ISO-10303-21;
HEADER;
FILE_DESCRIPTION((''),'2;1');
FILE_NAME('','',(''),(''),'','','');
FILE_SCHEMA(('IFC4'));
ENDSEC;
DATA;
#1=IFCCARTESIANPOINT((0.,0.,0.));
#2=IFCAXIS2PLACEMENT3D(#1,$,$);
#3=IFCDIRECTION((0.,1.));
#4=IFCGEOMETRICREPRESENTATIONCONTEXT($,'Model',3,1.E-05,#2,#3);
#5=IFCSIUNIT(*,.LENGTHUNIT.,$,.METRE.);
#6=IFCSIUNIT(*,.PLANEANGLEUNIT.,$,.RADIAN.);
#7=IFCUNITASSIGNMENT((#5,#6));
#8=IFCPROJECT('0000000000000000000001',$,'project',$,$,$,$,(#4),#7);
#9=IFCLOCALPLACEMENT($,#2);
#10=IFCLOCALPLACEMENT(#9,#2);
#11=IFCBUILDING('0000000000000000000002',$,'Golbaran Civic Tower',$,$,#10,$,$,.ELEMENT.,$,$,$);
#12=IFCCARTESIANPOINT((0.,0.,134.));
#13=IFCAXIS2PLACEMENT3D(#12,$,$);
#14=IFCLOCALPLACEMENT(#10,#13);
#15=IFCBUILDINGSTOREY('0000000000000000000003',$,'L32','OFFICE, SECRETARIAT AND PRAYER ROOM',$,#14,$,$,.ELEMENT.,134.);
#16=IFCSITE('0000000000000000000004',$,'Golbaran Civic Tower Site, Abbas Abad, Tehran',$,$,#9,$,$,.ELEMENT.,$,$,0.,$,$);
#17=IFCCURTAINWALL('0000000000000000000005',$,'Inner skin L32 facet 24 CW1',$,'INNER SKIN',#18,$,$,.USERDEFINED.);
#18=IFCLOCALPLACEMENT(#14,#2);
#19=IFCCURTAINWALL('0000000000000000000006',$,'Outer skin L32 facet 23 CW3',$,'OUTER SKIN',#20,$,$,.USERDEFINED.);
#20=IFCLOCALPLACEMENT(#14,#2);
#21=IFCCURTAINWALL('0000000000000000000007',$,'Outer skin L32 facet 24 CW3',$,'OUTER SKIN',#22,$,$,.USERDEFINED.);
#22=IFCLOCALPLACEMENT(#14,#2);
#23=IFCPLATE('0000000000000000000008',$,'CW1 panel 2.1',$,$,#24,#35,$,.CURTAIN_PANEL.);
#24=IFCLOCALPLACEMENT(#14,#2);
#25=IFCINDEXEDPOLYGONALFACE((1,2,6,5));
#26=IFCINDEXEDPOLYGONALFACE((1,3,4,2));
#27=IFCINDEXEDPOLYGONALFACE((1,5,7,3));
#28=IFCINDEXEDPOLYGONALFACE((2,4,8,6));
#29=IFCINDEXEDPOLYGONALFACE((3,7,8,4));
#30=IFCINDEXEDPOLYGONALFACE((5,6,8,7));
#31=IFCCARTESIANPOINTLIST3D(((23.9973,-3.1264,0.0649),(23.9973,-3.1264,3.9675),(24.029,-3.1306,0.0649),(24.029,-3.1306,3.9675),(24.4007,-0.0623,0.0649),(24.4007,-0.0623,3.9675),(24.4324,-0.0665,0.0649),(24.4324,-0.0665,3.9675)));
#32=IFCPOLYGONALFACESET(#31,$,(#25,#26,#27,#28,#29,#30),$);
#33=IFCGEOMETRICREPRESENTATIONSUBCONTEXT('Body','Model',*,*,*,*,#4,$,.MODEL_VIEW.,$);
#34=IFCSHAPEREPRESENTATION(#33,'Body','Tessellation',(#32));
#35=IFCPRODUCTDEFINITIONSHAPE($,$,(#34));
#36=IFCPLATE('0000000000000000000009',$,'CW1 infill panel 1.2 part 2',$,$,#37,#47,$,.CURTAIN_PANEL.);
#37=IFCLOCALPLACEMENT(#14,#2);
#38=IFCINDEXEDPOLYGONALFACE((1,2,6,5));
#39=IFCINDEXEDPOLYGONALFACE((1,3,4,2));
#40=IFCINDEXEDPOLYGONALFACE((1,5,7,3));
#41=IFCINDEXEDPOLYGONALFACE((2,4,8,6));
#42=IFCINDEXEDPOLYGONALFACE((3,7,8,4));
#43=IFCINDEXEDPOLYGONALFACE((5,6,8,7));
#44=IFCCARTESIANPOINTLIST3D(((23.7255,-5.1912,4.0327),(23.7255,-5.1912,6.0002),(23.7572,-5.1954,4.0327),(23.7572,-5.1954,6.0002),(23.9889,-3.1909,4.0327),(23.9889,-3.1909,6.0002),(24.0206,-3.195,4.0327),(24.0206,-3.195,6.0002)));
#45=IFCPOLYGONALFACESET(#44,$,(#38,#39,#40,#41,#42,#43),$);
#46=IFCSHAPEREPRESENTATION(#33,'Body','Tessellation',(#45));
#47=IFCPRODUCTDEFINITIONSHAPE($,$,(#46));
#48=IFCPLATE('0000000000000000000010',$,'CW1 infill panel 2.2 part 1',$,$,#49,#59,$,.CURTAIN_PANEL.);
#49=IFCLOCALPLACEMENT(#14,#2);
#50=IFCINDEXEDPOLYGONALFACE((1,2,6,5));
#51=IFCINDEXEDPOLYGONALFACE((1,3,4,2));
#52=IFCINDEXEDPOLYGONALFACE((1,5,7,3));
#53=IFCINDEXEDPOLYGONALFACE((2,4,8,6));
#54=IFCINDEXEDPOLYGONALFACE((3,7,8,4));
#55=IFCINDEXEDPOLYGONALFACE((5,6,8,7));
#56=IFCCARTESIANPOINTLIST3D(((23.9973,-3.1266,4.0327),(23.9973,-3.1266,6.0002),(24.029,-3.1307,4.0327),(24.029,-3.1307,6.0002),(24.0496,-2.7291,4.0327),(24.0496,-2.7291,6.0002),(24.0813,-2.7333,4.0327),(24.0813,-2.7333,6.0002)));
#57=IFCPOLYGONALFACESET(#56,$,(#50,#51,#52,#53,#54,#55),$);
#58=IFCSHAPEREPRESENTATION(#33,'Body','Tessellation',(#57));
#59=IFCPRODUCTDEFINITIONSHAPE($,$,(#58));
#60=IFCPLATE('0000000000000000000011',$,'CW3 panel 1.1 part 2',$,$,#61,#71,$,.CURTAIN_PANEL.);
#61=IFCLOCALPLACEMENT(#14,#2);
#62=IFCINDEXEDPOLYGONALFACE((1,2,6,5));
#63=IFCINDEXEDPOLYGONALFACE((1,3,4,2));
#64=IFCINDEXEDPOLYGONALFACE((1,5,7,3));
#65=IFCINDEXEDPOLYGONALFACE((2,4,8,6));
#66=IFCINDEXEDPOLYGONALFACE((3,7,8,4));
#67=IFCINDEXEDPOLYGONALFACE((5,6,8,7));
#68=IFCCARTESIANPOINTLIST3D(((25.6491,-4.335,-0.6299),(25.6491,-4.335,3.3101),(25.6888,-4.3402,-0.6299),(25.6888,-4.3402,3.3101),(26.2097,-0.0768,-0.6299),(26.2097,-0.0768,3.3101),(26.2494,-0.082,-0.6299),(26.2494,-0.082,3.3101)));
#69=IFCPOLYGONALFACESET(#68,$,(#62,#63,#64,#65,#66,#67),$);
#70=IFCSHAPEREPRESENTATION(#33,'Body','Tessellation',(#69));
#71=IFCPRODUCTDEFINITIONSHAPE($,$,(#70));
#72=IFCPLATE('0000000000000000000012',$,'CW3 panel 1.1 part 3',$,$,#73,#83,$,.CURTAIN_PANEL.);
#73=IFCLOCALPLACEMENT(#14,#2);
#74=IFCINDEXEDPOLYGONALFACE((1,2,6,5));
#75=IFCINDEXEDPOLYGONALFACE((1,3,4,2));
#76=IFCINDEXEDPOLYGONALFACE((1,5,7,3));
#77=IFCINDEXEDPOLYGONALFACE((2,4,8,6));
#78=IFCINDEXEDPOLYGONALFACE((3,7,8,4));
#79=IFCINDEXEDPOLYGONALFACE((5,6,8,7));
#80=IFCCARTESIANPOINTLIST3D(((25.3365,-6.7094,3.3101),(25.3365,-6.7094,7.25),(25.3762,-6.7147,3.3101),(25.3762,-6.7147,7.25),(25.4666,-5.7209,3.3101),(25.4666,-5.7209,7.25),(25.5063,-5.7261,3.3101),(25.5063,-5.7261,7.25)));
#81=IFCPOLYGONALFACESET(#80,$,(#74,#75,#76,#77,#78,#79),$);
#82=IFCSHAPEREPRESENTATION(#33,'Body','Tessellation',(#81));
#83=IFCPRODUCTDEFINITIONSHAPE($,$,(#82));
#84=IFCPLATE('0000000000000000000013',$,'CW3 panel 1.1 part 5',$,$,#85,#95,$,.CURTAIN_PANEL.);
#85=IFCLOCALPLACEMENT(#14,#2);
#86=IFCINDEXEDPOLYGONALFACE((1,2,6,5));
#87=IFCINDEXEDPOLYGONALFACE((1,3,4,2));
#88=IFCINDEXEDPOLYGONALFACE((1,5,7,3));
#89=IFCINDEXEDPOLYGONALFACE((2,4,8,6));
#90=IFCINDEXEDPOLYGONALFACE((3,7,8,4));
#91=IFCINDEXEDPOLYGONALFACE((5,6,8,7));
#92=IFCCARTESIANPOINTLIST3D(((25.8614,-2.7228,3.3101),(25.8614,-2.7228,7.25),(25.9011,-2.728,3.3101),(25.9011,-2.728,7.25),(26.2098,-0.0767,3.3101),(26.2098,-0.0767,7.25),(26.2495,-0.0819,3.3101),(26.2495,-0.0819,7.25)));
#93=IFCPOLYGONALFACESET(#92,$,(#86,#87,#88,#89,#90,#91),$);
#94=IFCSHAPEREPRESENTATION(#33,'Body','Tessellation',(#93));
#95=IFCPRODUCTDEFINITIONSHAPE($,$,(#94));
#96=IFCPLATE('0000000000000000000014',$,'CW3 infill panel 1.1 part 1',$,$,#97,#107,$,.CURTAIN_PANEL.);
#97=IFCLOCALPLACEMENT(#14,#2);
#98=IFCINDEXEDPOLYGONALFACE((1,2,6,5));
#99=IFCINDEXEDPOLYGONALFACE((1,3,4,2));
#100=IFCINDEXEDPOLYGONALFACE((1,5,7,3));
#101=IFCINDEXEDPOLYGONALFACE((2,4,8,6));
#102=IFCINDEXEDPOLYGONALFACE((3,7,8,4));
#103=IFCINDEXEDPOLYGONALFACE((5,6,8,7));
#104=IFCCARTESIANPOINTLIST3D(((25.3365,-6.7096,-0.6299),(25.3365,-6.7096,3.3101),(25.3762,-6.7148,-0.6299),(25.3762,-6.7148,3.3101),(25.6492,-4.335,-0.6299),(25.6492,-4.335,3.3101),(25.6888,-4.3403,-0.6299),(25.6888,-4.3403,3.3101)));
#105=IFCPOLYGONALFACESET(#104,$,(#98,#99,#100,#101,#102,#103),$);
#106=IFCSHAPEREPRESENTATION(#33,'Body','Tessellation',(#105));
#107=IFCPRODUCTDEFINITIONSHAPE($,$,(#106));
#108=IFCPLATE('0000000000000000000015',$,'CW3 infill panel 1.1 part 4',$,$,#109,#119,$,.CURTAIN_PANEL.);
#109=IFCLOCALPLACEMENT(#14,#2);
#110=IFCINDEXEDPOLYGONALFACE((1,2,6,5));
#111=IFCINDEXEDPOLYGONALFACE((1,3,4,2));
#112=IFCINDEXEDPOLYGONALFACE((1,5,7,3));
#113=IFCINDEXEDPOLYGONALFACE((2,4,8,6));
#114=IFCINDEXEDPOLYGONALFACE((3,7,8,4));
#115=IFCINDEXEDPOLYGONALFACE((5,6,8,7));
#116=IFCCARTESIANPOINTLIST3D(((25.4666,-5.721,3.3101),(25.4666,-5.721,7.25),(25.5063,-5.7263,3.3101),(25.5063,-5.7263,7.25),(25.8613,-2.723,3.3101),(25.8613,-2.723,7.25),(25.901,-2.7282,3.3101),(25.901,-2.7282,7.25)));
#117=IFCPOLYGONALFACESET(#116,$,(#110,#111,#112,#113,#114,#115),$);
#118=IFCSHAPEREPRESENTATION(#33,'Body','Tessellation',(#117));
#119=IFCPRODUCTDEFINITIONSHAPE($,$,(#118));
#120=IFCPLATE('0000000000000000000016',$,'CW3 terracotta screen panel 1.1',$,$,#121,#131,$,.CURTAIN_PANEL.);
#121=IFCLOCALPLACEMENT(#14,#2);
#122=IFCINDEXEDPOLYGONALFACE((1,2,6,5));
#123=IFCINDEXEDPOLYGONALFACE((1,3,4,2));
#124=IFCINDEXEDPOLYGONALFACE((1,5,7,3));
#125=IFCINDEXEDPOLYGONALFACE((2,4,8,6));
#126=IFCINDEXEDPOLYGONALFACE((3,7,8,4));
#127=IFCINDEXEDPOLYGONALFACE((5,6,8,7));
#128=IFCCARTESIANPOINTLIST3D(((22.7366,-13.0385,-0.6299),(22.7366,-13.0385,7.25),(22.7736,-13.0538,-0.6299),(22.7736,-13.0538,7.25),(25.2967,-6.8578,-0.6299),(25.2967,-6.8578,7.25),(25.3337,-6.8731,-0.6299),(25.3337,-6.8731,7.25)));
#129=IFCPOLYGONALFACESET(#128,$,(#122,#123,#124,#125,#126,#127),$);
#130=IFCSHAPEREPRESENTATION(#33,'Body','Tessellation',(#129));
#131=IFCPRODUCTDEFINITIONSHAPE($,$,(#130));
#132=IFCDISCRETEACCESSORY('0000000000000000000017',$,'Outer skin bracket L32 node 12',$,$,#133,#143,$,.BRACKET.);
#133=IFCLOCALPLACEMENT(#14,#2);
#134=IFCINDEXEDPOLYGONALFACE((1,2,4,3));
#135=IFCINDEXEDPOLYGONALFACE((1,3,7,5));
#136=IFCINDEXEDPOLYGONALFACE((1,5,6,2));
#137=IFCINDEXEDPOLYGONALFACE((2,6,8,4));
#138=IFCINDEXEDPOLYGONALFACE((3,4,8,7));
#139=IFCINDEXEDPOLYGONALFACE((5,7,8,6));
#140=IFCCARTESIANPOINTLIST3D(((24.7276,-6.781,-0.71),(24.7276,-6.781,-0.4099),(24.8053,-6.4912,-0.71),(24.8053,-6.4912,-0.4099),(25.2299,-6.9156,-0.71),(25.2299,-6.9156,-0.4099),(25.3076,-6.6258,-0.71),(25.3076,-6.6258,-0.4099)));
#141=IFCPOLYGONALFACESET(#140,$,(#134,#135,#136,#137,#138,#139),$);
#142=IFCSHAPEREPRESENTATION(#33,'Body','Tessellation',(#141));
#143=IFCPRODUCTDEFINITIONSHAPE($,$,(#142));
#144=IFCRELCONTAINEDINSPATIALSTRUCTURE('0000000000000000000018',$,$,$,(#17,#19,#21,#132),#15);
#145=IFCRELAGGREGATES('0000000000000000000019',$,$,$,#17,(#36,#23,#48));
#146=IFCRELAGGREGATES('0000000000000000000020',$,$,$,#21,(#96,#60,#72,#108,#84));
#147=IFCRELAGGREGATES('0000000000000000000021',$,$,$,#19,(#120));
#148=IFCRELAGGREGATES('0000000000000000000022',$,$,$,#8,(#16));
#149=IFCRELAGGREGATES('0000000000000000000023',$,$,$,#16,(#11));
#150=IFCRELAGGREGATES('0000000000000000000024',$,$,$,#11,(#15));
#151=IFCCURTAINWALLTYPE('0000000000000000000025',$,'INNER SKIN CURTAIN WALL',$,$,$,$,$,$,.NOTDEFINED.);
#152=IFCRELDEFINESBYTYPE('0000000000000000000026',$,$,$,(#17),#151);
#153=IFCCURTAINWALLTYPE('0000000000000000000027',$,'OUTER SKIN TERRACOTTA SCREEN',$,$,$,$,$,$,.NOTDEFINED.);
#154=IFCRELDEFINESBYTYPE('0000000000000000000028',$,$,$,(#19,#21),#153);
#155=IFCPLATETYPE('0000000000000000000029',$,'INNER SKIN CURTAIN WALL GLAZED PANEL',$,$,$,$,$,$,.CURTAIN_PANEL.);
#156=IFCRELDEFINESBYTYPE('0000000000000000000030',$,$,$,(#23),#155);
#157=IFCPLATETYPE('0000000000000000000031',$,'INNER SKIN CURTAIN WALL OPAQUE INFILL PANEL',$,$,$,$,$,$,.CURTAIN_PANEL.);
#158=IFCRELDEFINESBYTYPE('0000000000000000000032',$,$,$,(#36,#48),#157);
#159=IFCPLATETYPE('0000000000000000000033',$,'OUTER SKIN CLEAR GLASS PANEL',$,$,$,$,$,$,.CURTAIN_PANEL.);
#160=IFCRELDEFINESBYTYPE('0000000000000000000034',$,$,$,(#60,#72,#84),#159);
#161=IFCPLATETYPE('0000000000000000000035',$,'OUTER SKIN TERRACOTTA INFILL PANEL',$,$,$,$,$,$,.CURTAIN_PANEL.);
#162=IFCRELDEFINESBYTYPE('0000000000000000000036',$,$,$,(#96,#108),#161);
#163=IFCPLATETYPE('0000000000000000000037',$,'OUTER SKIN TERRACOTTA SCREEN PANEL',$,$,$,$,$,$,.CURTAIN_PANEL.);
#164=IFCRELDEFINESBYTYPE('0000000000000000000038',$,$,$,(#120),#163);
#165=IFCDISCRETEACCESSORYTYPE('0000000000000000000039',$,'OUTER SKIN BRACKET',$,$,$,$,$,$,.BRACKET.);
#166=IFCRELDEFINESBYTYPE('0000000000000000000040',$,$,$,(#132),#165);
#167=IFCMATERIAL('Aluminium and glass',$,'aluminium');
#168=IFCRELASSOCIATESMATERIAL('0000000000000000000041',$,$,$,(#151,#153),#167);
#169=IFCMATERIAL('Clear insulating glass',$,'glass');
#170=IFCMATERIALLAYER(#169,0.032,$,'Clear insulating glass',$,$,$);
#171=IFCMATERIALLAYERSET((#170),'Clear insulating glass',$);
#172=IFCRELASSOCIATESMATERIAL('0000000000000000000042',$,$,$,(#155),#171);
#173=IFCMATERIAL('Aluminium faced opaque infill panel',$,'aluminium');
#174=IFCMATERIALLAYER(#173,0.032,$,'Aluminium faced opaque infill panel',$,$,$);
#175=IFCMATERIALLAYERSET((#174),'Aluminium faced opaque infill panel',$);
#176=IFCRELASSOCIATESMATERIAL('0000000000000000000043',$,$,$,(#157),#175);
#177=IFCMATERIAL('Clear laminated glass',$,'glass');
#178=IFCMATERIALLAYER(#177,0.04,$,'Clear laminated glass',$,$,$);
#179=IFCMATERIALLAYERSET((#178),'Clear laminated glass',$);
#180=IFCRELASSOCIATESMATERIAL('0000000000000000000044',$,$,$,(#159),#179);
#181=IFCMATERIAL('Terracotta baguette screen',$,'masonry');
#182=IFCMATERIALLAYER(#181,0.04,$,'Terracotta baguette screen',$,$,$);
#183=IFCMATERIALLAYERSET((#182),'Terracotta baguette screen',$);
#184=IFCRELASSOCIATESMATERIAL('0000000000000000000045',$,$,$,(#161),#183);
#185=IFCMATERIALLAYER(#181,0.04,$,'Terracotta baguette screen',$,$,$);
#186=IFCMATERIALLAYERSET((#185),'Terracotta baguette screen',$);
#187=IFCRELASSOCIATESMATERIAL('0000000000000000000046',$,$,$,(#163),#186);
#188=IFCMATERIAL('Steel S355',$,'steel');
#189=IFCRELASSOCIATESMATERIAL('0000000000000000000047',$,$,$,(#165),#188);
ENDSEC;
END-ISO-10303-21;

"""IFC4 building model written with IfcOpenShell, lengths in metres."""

from ifc_helpers import new_model, si_unit, direction, frame, origin, origin_2d, place, context, subcontext, project, spatial, rectangle, extrude, material, layer, layer_set, type_object, element, aggregate, save


model = new_model("IFC4")

# Units and contexts
model_context = context("Model", 3, precision=1e-05, world=origin(), true_north=direction((0.0, 1.0)))
body_context = subcontext(model_context, "Body", "Model", "MODEL_VIEW")
ifc_project = project(units=[si_unit("LENGTHUNIT", "METRE"), si_unit("PLANEANGLEUNIT", "RADIAN")], contexts=[model_context])

# Site, building, storey
site_placement = place(None, origin())
site = spatial("IfcSite", under=ifc_project, at=site_placement, Name="Golbaran Civic Tower Site, Abbas Abad, Tehran", CompositionType="ELEMENT", RefElevation=0.0)
building_placement = place(site_placement, origin())
building = spatial("IfcBuilding", under=site, at=building_placement, Name="Golbaran Civic Tower", CompositionType="ELEMENT")
storey_placement = place(building_placement, frame((0.0, 0.0, 134.0)))
storey = spatial("IfcBuildingStorey", under=building, at=storey_placement, Name="L32", Description="OFFICE, SECRETARIAT AND PRAYER ROOM", CompositionType="ELEMENT", Elevation=134.0)

# Shared definitions
ifc_material_1 = material(Name="Steel S355", Category="steel")

# Curtain wall
ifc_material_2 = material(Name="Aluminium and glass", Category="aluminium")
curtain_wall_type_1 = type_object("IfcCurtainWallType", Name="INNER SKIN CURTAIN WALL", PredefinedType="NOTDEFINED", material=ifc_material_2)
curtain_wall_1_placement = place(storey_placement, origin())
curtain_wall_1 = element("IfcCurtainWall", 1, at=curtain_wall_1_placement, inside=storey, type_object=curtain_wall_type_1, Name="Inner skin L32 facet 24 CW1", ObjectType="INNER SKIN", PredefinedType="USERDEFINED")

# Curtain wall
curtain_wall_type_2 = type_object("IfcCurtainWallType", Name="OUTER SKIN TERRACOTTA SCREEN", PredefinedType="NOTDEFINED", material=ifc_material_2)
curtain_wall_2_placement = place(storey_placement, origin())
curtain_wall_2 = element("IfcCurtainWall", 2, at=curtain_wall_2_placement, inside=storey, type_object=curtain_wall_type_2, Name="Outer skin L32 facet 23 CW3", ObjectType="OUTER SKIN", PredefinedType="USERDEFINED")

# Curtain wall
curtain_wall_3_placement = place(storey_placement, origin())
curtain_wall_3 = element("IfcCurtainWall", 3, at=curtain_wall_3_placement, inside=storey, type_object=curtain_wall_type_2, Name="Outer skin L32 facet 24 CW3", ObjectType="OUTER SKIN", PredefinedType="USERDEFINED")

# Plates
ifc_material_3 = material(Name="Clear insulating glass", Category="glass")
ifc_layer_1 = layer(ifc_material_3, 0.032, Name="Clear insulating glass")
ifc_layer_set_1 = layer_set([ifc_layer_1], Name="Clear insulating glass")
plate_type_1 = type_object("IfcPlateType", Name="INNER SKIN CURTAIN WALL GLAZED PANEL", PredefinedType="CURTAIN_PANEL", material=ifc_layer_set_1)
plate_1_placement = place(storey_placement, frame((24.2148, -1.5964, 0.0649), z_axis=(0.0, 0.0, 1.0), x_axis=(0.130526, 0.991445, 0.0)))
plate_1 = element("IfcPlate", 4, at=plate_1_placement, type_object=plate_type_1, Name="CW1 panel 2.1", PredefinedType="CURTAIN_PANEL", context=body_context, shape_type="SweptSolid", body=[
    extrude(rectangle(XDim=3.0906, YDim=0.032, at=origin_2d()), origin(), (0.0, 0.0, 1.0), 3.9026),
])
ifc_material_4 = material(Name="Aluminium faced opaque infill panel", Category="aluminium")
ifc_layer_2 = layer(ifc_material_4, 0.032, Name="Aluminium faced opaque infill panel")
ifc_layer_set_2 = layer_set([ifc_layer_2], Name="Aluminium faced opaque infill panel")
plate_type_2 = type_object("IfcPlateType", Name="INNER SKIN CURTAIN WALL OPAQUE INFILL PANEL", PredefinedType="CURTAIN_PANEL", material=ifc_layer_set_2)
plate_2_placement = place(storey_placement, frame((23.873, -4.1931, 4.0327), z_axis=(0.0, 0.0, 1.0), x_axis=(0.130526, 0.991445, 0.0)))
plate_2 = element("IfcPlate", 5, at=plate_2_placement, type_object=plate_type_2, Name="CW1 infill panel 1.2 part 2", PredefinedType="CURTAIN_PANEL", context=body_context, shape_type="SweptSolid", body=[
    extrude(rectangle(XDim=2.0176, YDim=0.032, at=origin_2d()), origin(), (0.0, 0.0, 1.0), 1.9675),
])
plate_3_placement = place(storey_placement, frame((24.0393, -2.9299, 4.0327), z_axis=(0.0, 0.0, 1.0), x_axis=(0.130526, 0.991445, 0.0)))
plate_3 = element("IfcPlate", 6, at=plate_3_placement, type_object=plate_type_2, Name="CW1 infill panel 2.2 part 1", PredefinedType="CURTAIN_PANEL", context=body_context, shape_type="SweptSolid", body=[
    extrude(rectangle(XDim=0.4009, YDim=0.032, at=origin_2d()), origin(), (0.0, 0.0, 1.0), 1.9675),
])
aggregate(curtain_wall_1, [plate_2, plate_1, plate_3])
ifc_material_5 = material(Name="Clear laminated glass", Category="glass")
ifc_layer_3 = layer(ifc_material_5, 0.04, Name="Clear laminated glass")
ifc_layer_set_3 = layer_set([ifc_layer_3], Name="Clear laminated glass")
plate_type_3 = type_object("IfcPlateType", Name="OUTER SKIN CLEAR GLASS PANEL", PredefinedType="CURTAIN_PANEL", material=ifc_layer_set_3)
plate_4_placement = place(storey_placement, frame((25.9492, -2.2085, -0.6299), z_axis=(0.0, 0.0, 1.0), x_axis=(0.130526, 0.991445, 0.0)))
plate_4 = element("IfcPlate", 7, at=plate_4_placement, type_object=plate_type_3, Name="CW3 panel 1.1 part 2", PredefinedType="CURTAIN_PANEL", context=body_context, shape_type="SweptSolid", body=[
    extrude(rectangle(XDim=4.2949, YDim=0.04, at=origin_2d()), origin(), (0.0, 0.0, 1.0), 3.9399),
])
plate_5_placement = place(storey_placement, frame((25.4214, -6.2178, 3.3101), z_axis=(0.0, 0.0, 1.0), x_axis=(0.130526, 0.991445, 0.0)))
plate_5 = element("IfcPlate", 8, at=plate_5_placement, type_object=plate_type_3, Name="CW3 panel 1.1 part 3", PredefinedType="CURTAIN_PANEL", context=body_context, shape_type="SweptSolid", body=[
    extrude(rectangle(XDim=0.9971, YDim=0.04, at=origin_2d()), origin(), (0.0, 0.0, 1.0), 3.9399),
])
plate_6_placement = place(storey_placement, frame((26.0554, -1.4023, 3.3101), z_axis=(0.0, 0.0, 1.0), x_axis=(0.130526, 0.991445, 0.0)))
plate_6 = element("IfcPlate", 9, at=plate_6_placement, type_object=plate_type_3, Name="CW3 panel 1.1 part 5", PredefinedType="CURTAIN_PANEL", context=body_context, shape_type="SweptSolid", body=[
    extrude(rectangle(XDim=2.6689, YDim=0.04, at=origin_2d()), origin(), (0.0, 0.0, 1.0), 3.9399),
])
ifc_material_6 = material(Name="Terracotta baguette screen", Category="masonry")
ifc_layer_4 = layer(ifc_material_6, 0.04, Name="Terracotta baguette screen")
ifc_layer_set_4 = layer_set([ifc_layer_4], Name="Terracotta baguette screen")
plate_type_4 = type_object("IfcPlateType", Name="OUTER SKIN TERRACOTTA INFILL PANEL", PredefinedType="CURTAIN_PANEL", material=ifc_layer_set_4)
plate_7_placement = place(storey_placement, frame((25.5127, -5.5249, -0.6299), z_axis=(0.0, 0.0, 1.0), x_axis=(0.130526, 0.991445, 0.0)))
plate_7 = element("IfcPlate", 10, at=plate_7_placement, type_object=plate_type_4, Name="CW3 infill panel 1.1 part 1", PredefinedType="CURTAIN_PANEL", context=body_context, shape_type="SweptSolid", body=[
    extrude(rectangle(XDim=2.395, YDim=0.04, at=origin_2d()), origin(), (0.0, 0.0, 1.0), 3.9399),
])
plate_8_placement = place(storey_placement, frame((25.6838, -4.2246, 3.3101), z_axis=(0.0, 0.0, 1.0), x_axis=(0.130526, 0.991445, 0.0)))
plate_8 = element("IfcPlate", 11, at=plate_8_placement, type_object=plate_type_4, Name="CW3 infill panel 1.1 part 4", PredefinedType="CURTAIN_PANEL", context=body_context, shape_type="SweptSolid", body=[
    extrude(rectangle(XDim=3.0239, YDim=0.04, at=origin_2d()), origin(), (0.0, 0.0, 1.0), 3.9399),
])
aggregate(curtain_wall_3, [plate_7, plate_4, plate_5, plate_8, plate_6])
ifc_layer_5 = layer(ifc_material_6, 0.04, Name="Terracotta baguette screen")
ifc_layer_set_5 = layer_set([ifc_layer_5], Name="Terracotta baguette screen")
plate_type_5 = type_object("IfcPlateType", Name="OUTER SKIN TERRACOTTA SCREEN PANEL", PredefinedType="CURTAIN_PANEL", material=ifc_layer_set_5)
plate_9_placement = place(storey_placement, frame((24.0352, -9.9558, -0.6299), z_axis=(0.0, 0.0, 1.0), x_axis=(0.382683, 0.92388, 0.0)))
plate_9 = element("IfcPlate", 12, at=plate_9_placement, type_object=plate_type_5, Name="CW3 terracotta screen panel 1.1", PredefinedType="CURTAIN_PANEL", context=body_context, shape_type="SweptSolid", body=[
    extrude(rectangle(XDim=6.6899, YDim=0.04, at=origin_2d()), origin(), (0.0, 0.0, 1.0), 7.8799),
])
aggregate(curtain_wall_2, [plate_9])

# Discrete accessory
discrete_accessory_type = type_object("IfcDiscreteAccessoryType", Name="OUTER SKIN BRACKET", PredefinedType="BRACKET", material=ifc_material_1)
discrete_accessory_placement = place(storey_placement, frame((25.0176, -6.7034, -0.71), z_axis=(0.0, 0.0, 1.0), x_axis=(0.965926, -0.258819, 0.0)))
element("IfcDiscreteAccessory", 13, at=discrete_accessory_placement, inside=storey, type_object=discrete_accessory_type, Name="Outer skin bracket L32 node 12", PredefinedType="BRACKET", context=body_context, shape_type="SweptSolid", body=[
    extrude(rectangle(XDim=0.52, YDim=0.3, at=origin_2d()), origin(), (0.0, 0.0, 1.0), 0.3),
])

save(model, "model.ifc")
